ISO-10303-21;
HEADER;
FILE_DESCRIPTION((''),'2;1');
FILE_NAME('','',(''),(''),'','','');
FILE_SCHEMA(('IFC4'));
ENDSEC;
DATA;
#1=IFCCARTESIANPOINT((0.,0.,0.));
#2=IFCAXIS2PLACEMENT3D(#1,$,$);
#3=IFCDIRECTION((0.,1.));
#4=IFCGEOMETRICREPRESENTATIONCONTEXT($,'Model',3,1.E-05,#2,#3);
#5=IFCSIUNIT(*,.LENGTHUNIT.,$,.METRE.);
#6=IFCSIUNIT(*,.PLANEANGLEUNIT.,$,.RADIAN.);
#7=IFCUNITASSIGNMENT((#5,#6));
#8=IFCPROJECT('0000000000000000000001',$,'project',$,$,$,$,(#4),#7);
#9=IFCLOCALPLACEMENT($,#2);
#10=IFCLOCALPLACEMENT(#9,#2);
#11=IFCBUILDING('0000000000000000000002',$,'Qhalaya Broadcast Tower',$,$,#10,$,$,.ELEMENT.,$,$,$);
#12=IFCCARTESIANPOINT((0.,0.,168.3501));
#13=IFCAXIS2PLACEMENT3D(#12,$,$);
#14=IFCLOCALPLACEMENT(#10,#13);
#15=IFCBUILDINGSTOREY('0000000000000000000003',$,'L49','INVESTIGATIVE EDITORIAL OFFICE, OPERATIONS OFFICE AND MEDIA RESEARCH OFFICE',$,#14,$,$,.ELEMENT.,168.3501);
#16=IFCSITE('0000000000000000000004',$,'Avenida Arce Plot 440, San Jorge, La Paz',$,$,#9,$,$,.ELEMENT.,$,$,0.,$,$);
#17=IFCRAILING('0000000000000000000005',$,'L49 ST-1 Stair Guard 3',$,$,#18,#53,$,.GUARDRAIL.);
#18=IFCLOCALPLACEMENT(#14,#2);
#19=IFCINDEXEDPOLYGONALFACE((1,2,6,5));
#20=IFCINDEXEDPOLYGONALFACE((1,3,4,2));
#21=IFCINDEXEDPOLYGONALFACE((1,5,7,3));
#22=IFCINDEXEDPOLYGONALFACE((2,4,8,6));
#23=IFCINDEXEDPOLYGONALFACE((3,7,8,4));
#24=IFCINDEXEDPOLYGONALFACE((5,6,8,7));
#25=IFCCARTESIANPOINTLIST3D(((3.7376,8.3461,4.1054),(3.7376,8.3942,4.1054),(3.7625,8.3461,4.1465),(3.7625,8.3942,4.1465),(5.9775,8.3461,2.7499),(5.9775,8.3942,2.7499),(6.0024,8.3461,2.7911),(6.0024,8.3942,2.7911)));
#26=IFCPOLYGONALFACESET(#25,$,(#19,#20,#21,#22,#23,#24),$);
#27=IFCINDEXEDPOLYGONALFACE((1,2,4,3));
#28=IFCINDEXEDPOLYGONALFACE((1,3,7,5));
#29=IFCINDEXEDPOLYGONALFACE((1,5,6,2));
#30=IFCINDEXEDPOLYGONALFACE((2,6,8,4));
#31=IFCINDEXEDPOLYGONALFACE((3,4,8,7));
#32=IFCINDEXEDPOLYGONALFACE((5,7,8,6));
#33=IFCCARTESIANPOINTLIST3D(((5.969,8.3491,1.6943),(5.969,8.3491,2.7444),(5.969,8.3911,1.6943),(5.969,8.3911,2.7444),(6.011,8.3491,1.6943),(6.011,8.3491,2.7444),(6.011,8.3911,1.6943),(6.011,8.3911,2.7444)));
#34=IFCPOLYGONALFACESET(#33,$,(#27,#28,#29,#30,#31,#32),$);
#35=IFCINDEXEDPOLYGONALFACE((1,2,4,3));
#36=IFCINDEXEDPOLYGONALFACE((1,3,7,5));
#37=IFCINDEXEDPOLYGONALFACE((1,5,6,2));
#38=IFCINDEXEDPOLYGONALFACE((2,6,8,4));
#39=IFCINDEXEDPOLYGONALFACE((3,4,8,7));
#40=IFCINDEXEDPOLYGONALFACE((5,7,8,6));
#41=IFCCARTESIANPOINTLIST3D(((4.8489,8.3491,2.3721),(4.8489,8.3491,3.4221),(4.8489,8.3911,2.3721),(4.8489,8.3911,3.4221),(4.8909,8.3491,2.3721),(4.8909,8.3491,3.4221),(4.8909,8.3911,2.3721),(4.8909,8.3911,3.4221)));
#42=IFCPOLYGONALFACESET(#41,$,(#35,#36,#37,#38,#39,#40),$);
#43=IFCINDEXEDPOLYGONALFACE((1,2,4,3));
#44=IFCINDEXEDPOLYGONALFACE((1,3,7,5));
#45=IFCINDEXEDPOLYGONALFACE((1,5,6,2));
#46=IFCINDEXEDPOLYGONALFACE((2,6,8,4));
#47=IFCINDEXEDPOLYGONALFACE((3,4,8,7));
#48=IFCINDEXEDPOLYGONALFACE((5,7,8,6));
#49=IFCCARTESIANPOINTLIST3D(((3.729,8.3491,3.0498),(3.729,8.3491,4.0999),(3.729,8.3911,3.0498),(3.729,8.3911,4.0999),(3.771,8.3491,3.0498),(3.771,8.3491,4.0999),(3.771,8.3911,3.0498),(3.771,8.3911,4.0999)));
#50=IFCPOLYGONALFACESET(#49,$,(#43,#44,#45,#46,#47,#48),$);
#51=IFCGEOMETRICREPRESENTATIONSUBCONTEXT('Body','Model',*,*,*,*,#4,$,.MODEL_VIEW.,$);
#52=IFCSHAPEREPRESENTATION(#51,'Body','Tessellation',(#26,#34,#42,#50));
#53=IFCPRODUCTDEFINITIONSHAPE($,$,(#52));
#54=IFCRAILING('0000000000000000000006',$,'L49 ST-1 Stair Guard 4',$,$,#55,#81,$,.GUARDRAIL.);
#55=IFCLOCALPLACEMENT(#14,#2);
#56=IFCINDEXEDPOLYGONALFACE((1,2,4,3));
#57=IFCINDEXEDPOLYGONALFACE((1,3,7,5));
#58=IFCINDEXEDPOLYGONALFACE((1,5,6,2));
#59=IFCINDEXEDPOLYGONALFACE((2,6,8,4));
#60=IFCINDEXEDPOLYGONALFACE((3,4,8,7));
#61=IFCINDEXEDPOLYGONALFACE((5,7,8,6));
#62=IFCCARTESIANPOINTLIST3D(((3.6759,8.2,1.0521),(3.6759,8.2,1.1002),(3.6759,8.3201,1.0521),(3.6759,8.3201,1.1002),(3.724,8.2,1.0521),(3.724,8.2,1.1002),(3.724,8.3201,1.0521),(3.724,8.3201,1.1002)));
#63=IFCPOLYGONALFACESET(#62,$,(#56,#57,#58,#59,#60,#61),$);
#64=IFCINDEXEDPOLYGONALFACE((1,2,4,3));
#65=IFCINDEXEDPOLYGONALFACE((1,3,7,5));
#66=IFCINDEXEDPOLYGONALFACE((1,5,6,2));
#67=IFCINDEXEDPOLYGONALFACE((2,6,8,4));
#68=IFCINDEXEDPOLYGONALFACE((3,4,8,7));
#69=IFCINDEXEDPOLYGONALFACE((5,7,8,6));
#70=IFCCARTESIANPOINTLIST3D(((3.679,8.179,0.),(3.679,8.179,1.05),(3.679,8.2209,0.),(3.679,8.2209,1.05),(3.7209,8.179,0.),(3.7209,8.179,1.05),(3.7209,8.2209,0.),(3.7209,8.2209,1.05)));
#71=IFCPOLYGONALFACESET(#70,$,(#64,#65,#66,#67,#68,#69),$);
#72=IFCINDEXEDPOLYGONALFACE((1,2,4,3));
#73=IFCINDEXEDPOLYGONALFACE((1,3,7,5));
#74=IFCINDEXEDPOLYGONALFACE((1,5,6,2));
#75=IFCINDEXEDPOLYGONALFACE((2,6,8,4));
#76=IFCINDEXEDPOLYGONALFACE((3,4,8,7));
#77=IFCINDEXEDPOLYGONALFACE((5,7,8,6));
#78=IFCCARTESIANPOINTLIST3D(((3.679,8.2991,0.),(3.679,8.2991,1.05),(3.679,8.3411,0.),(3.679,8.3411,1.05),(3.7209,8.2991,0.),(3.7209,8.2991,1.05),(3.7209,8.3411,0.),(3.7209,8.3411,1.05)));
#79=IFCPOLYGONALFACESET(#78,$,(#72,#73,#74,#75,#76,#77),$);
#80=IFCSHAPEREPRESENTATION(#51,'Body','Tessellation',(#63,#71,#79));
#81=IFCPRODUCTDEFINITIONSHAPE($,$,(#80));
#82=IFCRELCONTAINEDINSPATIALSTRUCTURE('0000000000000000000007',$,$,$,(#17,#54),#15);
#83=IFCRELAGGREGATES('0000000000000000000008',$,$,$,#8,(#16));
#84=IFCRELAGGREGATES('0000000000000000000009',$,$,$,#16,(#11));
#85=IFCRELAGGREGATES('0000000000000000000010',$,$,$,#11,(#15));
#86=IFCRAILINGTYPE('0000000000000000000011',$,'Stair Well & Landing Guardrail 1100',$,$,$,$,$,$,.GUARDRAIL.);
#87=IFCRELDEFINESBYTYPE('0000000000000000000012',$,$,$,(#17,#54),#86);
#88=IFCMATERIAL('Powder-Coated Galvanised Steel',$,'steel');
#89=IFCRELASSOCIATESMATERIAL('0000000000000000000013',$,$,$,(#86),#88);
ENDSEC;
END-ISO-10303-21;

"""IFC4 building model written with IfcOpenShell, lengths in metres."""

from ifc_helpers import new_model, si_unit, direction, frame, origin, origin_2d, place, context, subcontext, project, spatial, rectangle, extrude, material, type_object, element, save


model = new_model("IFC4")

# Units and contexts
model_context = context("Model", 3, precision=1e-05, world=origin(), true_north=direction((0.0, 1.0)))
body_context = subcontext(model_context, "Body", "Model", "MODEL_VIEW")
ifc_project = project(units=[si_unit("LENGTHUNIT", "METRE"), si_unit("PLANEANGLEUNIT", "RADIAN")], contexts=[model_context])

# Site, building, storey
site_placement = place(None, origin())
site = spatial("IfcSite", under=ifc_project, at=site_placement, Name="Avenida Arce Plot 440, San Jorge, La Paz", CompositionType="ELEMENT", RefElevation=0.0)
building_placement = place(site_placement, origin())
building = spatial("IfcBuilding", under=site, at=building_placement, Name="Qhalaya Broadcast Tower", CompositionType="ELEMENT")
storey_placement = place(building_placement, frame((0.0, 0.0, 168.3501)))
storey = spatial("IfcBuildingStorey", under=building, at=storey_placement, Name="L49", Description="INVESTIGATIVE EDITORIAL OFFICE, OPERATIONS OFFICE AND MEDIA RESEARCH OFFICE", CompositionType="ELEMENT", Elevation=168.3501)

# Railings
ifc_material_1 = material(Name="Powder-Coated Galvanised Steel", Category="steel")
railing_type_1 = type_object("IfcRailingType", Name="Stair Well & Landing Guardrail 1100", PredefinedType="GUARDRAIL", material=ifc_material_1)
railing_1_placement = place(storey_placement, frame((5.99, 8.3701, 1.6943)))
element("IfcRailing", 1, at=railing_1_placement, inside=storey, type_object=railing_type_1, Name="L49 ST-1 Stair Guard 3", PredefinedType="GUARDRAIL", context=body_context, shape_type="SweptSolid", body=[
    extrude(rectangle(XDim=0.0481, YDim=0.0481, at=origin_2d()), frame((0.0, 0.0, 1.0762), z_axis=(-0.855553, 0.0, 0.517715), x_axis=(0.0, -1.0, 0.0)), (0.0, 0.0, 1.0), 2.6182),
    extrude(rectangle(XDim=0.042, YDim=0.042, at=origin_2d()), origin(), (0.0, 0.0, 1.0), 1.05),
    extrude(rectangle(XDim=0.042, YDim=0.042, at=origin_2d()), frame((-1.1201, 0.0, 0.6777)), (0.0, 0.0, 1.0), 1.05),
    extrude(rectangle(XDim=0.042, YDim=0.042, at=origin_2d()), frame((-2.24, 0.0, 1.3555)), (0.0, 0.0, 1.0), 1.05),
])
railing_2_placement = place(storey_placement, frame((3.7, 8.2, 0.0)))
element("IfcRailing", 2, at=railing_2_placement, inside=storey, type_object=railing_type_1, Name="L49 ST-1 Stair Guard 4", PredefinedType="GUARDRAIL", context=body_context, shape_type="SweptSolid", body=[
    extrude(rectangle(XDim=0.0481, YDim=0.0481, at=origin_2d()), frame((0.0, 0.0, 1.0762), z_axis=(0.0, 1.0, 0.0), x_axis=(-1.0, 0.0, 0.0)), (0.0, 0.0, 1.0), 0.1201),
    extrude(rectangle(XDim=0.042, YDim=0.042, at=origin_2d()), origin(), (0.0, 0.0, 1.0), 1.05),
    extrude(rectangle(XDim=0.042, YDim=0.042, at=origin_2d()), frame((0.0, 0.1201, 0.0)), (0.0, 0.0, 1.0), 1.05),
])

save(model, "model.ifc")
